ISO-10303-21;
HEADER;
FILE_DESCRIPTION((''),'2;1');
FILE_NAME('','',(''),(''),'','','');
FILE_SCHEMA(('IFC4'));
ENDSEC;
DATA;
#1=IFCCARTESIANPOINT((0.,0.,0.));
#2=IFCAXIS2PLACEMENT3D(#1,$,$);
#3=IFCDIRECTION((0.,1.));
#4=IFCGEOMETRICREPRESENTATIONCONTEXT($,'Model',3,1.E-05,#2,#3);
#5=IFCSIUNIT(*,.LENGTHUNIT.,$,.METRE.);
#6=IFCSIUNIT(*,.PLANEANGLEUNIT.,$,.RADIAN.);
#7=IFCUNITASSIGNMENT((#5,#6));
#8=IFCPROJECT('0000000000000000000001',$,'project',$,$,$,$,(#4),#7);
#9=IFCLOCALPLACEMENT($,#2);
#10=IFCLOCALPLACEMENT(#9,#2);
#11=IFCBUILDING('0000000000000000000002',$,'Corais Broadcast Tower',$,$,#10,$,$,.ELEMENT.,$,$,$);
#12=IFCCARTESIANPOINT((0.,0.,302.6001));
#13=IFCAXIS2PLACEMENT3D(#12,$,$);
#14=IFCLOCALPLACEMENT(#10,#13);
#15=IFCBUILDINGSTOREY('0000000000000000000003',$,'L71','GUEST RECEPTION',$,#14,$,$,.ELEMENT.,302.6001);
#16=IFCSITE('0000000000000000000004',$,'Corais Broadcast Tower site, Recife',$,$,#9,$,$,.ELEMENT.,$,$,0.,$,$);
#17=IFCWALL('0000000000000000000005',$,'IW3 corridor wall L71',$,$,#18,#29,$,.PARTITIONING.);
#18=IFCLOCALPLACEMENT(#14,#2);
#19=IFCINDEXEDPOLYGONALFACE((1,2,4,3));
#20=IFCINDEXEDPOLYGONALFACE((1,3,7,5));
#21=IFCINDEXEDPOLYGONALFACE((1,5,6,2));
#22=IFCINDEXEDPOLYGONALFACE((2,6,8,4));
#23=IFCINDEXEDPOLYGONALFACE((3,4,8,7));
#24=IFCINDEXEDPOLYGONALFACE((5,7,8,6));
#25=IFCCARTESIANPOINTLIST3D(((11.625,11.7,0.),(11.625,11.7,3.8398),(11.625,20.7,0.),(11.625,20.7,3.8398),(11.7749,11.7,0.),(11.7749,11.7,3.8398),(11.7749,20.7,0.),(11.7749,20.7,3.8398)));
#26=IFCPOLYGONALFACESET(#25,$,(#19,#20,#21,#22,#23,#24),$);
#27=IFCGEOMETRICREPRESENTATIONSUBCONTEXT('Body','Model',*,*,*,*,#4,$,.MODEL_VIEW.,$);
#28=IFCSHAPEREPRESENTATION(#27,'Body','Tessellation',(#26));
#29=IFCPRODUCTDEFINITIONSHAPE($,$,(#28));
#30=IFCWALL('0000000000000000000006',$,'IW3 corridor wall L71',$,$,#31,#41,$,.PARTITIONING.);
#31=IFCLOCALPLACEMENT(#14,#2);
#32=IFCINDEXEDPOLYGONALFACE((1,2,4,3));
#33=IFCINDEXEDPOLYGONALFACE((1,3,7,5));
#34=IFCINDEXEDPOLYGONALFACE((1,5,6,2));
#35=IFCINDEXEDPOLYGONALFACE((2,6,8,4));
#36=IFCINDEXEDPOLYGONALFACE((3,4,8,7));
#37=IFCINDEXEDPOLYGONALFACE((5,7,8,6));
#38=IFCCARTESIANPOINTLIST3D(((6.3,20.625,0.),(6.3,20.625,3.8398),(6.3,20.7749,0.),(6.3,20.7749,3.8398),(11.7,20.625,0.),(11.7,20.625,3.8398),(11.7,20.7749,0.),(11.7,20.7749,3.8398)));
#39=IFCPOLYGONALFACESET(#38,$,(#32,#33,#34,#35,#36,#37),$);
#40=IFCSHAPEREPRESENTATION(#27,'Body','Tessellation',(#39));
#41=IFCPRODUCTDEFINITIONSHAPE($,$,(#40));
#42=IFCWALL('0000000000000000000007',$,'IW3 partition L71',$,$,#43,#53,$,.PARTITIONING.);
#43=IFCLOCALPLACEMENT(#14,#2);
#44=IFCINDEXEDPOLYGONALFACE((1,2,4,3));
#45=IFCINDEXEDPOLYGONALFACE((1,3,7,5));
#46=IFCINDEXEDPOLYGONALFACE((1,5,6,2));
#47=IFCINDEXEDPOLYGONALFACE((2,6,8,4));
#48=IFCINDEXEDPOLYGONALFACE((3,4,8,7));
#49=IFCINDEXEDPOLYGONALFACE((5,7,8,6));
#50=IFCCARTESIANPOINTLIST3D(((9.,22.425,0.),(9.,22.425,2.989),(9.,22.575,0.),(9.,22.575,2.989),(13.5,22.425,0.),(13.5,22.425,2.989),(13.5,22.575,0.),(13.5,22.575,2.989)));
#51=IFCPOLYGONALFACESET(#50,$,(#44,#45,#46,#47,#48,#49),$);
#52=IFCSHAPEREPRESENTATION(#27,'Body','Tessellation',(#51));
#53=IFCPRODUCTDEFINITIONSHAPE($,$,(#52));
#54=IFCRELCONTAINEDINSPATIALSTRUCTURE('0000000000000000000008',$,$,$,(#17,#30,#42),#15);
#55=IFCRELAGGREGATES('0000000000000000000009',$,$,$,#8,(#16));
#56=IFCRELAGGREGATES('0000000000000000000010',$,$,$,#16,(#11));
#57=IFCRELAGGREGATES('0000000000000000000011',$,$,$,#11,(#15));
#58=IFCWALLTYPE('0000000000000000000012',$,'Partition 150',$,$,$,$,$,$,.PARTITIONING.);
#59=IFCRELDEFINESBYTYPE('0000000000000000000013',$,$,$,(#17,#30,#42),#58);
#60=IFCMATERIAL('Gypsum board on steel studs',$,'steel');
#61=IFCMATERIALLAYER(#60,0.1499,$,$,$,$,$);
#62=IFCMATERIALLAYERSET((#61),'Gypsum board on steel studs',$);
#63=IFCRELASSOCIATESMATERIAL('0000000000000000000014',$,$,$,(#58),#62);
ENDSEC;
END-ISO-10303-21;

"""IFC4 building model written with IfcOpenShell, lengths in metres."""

from ifc_helpers import new_model, si_unit, direction, frame, frame_2d, origin, place, context, subcontext, project, spatial, rectangle, extrude, material, layer, layer_set, type_object, element, save


model = new_model("IFC4")

# Units and contexts
model_context = context("Model", 3, precision=1e-05, world=origin(), true_north=direction((0.0, 1.0)))
body_context = subcontext(model_context, "Body", "Model", "MODEL_VIEW")
ifc_project = project(units=[si_unit("LENGTHUNIT", "METRE"), si_unit("PLANEANGLEUNIT", "RADIAN")], contexts=[model_context])

# Site, building, storey
site_placement = place(None, origin())
site = spatial("IfcSite", under=ifc_project, at=site_placement, Name="Corais Broadcast Tower site, Recife", CompositionType="ELEMENT", RefElevation=0.0)
building_placement = place(site_placement, origin())
building = spatial("IfcBuilding", under=site, at=building_placement, Name="Corais Broadcast Tower", CompositionType="ELEMENT")
storey_placement = place(building_placement, frame((0.0, 0.0, 302.6001)))
storey = spatial("IfcBuildingStorey", under=building, at=storey_placement, Name="L71", Description="GUEST RECEPTION", CompositionType="ELEMENT", Elevation=302.6001)

# Shared definitions
ifc_material_1 = material(Name="Gypsum board on steel studs", Category="steel")
ifc_layer_1 = layer(ifc_material_1, 0.1499)
ifc_layer_set_1 = layer_set([ifc_layer_1], Name="Gypsum board on steel studs")
wall_type = type_object("IfcWallType", Name="Partition 150", PredefinedType="PARTITIONING", material=ifc_layer_set_1)

# Walls
wall_1_placement = place(storey_placement, frame((11.7, 20.7, 0.0), z_axis=(0.0, 0.0, 1.0), x_axis=(0.0, -1.0, 0.0)))
element("IfcWall", 1, at=wall_1_placement, inside=storey, type_object=wall_type, Name="IW3 corridor wall L71", PredefinedType="PARTITIONING", context=body_context, shape_type="SweptSolid", body=[
    extrude(rectangle(XDim=9.0, YDim=0.1499, at=frame_2d((4.5, 0.0))), origin(), (0.0, 0.0, 1.0), 3.8398),
])
wall_2_placement = place(storey_placement, frame((6.3, 20.7, 0.0), z_axis=(0.0, 0.0, 1.0), x_axis=(1.0, 0.0, 0.0)))
element("IfcWall", 2, at=wall_2_placement, inside=storey, type_object=wall_type, Name="IW3 corridor wall L71", PredefinedType="PARTITIONING", context=body_context, shape_type="SweptSolid", body=[
    extrude(rectangle(XDim=5.3999, YDim=0.1499, at=frame_2d((2.7, 0.0))), origin(), (0.0, 0.0, 1.0), 3.8398),
])
wall_3_placement = place(storey_placement, frame((9.0, 22.5, 0.0), z_axis=(0.0, 0.0, 1.0), x_axis=(1.0, 0.0, 0.0)))
element("IfcWall", 3, at=wall_3_placement, inside=storey, type_object=wall_type, Name="IW3 partition L71", PredefinedType="PARTITIONING", context=body_context, shape_type="SweptSolid", body=[
    extrude(rectangle(XDim=4.5, YDim=0.1499, at=frame_2d((2.25, 0.0))), origin(), (0.0, 0.0, 1.0), 2.989),
])

save(model, "model.ifc")
